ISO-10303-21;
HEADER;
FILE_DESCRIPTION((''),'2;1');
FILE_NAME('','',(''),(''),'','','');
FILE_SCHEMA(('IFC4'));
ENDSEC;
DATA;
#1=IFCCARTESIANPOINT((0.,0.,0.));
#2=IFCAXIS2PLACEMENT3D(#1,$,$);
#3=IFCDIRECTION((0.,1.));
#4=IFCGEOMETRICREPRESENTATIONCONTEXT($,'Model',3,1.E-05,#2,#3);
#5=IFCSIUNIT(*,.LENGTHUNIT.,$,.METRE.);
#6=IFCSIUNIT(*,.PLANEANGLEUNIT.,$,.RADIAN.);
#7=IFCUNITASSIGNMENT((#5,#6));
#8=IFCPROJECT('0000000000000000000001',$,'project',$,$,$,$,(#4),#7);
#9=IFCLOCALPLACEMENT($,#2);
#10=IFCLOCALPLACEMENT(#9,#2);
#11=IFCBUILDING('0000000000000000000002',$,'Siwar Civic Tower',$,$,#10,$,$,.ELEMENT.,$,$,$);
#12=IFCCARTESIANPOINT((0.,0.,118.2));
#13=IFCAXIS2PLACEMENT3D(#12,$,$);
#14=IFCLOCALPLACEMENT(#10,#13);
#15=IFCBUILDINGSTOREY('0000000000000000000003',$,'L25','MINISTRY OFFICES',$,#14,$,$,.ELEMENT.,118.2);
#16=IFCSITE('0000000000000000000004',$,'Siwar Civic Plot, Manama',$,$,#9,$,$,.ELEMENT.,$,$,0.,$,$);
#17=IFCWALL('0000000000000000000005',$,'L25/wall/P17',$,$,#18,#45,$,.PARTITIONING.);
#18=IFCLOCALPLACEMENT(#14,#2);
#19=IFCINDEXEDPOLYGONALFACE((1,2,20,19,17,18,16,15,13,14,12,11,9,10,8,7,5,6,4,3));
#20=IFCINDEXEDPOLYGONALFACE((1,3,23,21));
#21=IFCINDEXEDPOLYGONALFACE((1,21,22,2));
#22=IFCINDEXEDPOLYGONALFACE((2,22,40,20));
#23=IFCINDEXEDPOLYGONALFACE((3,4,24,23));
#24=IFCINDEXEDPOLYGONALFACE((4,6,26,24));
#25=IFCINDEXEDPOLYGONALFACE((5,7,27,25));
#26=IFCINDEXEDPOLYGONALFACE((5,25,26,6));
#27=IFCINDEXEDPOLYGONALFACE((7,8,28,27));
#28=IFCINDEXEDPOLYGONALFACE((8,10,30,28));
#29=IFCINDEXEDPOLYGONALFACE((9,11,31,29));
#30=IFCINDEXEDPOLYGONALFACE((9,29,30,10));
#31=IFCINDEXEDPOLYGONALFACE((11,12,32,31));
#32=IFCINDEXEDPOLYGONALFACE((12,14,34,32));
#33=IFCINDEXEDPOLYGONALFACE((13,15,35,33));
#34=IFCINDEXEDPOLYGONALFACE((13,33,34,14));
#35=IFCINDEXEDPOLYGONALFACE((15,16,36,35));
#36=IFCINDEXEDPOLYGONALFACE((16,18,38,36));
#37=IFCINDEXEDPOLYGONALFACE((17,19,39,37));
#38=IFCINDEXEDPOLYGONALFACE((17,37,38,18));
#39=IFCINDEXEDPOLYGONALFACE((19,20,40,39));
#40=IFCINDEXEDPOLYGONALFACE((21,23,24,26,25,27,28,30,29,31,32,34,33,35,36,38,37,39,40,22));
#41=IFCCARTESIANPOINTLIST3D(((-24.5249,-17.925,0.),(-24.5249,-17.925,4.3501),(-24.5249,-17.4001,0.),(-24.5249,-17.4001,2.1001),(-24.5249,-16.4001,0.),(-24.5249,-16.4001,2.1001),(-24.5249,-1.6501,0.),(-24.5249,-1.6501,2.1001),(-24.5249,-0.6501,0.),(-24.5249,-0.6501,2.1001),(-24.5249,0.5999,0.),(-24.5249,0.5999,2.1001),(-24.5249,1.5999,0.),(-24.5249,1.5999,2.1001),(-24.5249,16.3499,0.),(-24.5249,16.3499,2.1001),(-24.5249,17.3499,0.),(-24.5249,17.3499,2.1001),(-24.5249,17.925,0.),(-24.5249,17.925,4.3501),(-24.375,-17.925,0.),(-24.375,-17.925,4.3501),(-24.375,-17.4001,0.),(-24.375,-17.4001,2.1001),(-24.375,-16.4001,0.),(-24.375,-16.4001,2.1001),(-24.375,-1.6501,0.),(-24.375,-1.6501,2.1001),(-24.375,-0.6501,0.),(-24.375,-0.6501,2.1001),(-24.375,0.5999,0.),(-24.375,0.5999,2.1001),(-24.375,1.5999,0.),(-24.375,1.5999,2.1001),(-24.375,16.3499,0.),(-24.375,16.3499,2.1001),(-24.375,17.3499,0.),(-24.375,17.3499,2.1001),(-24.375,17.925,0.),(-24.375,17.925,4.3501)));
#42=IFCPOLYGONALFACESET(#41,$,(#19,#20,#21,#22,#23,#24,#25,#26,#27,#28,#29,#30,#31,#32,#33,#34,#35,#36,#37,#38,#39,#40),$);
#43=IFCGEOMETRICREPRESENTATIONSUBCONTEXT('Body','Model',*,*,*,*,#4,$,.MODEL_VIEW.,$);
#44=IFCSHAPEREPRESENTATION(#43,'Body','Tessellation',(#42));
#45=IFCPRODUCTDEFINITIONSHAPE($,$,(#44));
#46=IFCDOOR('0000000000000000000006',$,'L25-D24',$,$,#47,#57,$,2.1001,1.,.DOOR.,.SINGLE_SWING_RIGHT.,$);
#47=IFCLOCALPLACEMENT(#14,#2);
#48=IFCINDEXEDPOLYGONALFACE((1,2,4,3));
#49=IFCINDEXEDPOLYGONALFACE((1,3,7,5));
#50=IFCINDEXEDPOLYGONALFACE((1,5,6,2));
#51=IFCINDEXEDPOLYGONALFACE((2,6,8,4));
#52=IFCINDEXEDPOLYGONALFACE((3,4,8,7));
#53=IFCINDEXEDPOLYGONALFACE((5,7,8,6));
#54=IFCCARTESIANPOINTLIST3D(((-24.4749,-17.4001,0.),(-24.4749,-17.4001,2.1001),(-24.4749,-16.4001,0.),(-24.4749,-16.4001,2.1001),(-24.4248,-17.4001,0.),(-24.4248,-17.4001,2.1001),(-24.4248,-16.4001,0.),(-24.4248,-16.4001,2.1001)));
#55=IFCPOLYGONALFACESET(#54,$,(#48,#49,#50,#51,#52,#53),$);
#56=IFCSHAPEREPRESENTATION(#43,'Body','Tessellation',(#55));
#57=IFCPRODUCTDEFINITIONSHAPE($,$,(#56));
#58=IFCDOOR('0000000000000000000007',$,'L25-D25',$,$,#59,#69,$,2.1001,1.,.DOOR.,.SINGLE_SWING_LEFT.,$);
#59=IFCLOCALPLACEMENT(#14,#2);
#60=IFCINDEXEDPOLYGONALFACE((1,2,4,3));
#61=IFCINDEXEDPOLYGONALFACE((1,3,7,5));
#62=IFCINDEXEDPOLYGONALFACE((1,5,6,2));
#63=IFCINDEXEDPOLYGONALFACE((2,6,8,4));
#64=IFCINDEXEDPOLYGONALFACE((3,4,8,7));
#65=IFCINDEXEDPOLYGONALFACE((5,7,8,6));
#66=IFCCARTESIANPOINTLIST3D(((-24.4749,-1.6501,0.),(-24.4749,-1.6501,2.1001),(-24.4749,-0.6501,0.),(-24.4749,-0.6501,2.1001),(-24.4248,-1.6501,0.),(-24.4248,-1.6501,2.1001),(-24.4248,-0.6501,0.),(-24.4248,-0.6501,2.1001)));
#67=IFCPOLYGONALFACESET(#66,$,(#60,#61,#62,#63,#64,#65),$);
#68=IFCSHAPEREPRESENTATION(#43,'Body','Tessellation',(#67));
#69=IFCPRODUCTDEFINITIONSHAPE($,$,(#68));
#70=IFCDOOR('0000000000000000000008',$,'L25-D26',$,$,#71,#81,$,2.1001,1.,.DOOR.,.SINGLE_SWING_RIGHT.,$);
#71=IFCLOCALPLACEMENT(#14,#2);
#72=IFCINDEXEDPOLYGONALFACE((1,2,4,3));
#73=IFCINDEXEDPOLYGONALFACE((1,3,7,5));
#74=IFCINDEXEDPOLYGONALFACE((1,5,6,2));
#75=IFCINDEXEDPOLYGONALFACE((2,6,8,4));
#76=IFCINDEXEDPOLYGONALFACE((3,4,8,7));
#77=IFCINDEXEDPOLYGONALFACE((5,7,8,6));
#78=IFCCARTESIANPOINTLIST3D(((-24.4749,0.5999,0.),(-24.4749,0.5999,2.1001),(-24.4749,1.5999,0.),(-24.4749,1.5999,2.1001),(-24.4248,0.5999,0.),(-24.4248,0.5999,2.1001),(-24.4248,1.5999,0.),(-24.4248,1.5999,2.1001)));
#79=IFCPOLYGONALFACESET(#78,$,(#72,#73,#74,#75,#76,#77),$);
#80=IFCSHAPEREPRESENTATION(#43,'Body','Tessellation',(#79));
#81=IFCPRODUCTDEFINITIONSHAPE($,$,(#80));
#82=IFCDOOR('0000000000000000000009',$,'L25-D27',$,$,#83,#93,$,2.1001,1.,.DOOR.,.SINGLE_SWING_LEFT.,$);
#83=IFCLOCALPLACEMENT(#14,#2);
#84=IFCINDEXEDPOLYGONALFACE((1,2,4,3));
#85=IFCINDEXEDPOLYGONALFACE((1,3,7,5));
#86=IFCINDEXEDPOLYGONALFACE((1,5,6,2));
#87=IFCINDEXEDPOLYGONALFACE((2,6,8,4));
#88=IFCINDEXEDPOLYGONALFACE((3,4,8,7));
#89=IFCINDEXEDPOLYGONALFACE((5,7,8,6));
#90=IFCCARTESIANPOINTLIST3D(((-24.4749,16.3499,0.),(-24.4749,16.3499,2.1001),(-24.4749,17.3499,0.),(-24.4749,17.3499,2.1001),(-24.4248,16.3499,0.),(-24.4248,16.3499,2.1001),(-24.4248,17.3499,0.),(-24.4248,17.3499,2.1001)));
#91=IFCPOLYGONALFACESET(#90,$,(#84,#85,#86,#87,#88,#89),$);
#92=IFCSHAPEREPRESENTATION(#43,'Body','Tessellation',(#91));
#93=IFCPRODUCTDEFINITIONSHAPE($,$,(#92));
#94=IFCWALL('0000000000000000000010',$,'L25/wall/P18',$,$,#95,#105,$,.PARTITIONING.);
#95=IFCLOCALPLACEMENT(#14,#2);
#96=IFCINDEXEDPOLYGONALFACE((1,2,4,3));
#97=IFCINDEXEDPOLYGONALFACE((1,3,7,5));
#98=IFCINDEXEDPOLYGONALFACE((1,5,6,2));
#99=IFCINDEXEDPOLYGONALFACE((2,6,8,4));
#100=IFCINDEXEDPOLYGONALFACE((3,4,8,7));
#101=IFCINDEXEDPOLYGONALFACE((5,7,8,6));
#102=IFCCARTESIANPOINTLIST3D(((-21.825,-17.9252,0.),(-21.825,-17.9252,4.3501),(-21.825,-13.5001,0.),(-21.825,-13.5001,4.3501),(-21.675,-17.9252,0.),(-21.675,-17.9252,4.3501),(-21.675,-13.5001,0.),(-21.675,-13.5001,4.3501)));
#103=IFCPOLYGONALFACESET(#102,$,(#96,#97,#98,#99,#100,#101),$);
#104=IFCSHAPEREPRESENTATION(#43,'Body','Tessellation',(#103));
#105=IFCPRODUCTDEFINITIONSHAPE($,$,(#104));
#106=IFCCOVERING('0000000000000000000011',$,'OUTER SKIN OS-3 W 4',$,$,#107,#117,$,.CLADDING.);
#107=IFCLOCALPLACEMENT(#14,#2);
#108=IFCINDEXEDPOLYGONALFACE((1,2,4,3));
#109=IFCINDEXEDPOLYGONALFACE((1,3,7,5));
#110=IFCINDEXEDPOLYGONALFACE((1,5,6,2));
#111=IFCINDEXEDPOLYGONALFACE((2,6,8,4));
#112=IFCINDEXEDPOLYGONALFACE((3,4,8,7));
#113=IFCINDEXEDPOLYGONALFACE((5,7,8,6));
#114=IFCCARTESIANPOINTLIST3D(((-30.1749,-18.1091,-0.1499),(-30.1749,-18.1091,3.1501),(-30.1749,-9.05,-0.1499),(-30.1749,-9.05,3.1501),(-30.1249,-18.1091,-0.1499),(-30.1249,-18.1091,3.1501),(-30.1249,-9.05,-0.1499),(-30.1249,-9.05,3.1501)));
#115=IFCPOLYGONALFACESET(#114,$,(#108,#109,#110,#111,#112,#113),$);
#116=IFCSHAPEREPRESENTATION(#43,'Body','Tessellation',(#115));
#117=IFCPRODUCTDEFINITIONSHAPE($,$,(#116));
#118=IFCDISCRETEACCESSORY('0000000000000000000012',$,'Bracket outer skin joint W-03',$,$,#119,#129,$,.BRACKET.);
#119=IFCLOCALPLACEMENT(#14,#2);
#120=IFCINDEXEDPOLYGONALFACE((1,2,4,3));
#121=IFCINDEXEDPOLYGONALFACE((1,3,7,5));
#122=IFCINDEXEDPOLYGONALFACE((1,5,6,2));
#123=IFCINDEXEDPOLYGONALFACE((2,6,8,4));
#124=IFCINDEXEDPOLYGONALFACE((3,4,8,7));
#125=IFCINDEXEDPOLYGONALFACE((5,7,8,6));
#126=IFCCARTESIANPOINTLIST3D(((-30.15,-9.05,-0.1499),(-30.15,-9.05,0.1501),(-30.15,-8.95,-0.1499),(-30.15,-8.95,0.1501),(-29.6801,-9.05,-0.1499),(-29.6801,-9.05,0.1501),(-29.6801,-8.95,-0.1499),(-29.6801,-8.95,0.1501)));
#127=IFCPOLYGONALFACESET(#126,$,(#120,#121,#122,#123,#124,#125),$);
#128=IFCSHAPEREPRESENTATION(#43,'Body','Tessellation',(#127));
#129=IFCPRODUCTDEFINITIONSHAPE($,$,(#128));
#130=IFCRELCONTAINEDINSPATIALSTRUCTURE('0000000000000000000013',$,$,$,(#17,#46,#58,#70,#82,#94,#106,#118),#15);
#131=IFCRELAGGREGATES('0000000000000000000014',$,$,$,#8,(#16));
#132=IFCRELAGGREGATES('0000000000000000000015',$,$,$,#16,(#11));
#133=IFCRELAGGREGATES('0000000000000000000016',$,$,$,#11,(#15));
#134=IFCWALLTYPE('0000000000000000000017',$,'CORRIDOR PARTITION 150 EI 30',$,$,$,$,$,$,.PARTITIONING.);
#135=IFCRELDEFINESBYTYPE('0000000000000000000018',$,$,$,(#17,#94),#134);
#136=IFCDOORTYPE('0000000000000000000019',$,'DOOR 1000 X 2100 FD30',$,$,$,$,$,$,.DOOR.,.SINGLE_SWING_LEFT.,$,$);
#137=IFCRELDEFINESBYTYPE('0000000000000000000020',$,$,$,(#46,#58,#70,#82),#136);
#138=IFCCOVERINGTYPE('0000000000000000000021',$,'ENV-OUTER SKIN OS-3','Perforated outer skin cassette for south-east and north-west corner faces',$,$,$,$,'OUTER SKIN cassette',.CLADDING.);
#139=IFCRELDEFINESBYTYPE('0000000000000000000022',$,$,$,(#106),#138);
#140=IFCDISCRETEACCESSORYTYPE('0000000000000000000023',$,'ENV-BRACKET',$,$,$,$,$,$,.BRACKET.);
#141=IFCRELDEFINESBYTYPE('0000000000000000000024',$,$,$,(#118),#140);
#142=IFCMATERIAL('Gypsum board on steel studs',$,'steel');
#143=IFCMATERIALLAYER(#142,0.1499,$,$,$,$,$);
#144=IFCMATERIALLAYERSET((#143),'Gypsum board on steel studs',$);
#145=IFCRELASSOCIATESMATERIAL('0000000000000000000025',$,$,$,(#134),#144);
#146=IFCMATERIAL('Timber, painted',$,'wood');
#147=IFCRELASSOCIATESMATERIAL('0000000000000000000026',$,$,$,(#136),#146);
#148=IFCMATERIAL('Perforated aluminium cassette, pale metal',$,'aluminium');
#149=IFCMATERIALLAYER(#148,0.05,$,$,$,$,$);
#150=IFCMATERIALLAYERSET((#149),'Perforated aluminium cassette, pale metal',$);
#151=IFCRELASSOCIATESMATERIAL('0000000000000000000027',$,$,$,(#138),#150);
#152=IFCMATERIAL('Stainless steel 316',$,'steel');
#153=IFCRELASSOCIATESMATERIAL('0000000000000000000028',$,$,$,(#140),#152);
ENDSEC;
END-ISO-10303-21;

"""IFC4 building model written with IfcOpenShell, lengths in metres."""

from ifc_helpers import new_model, si_unit, direction, frame, frame_2d, origin, origin_2d, place, context, subcontext, project, spatial, rectangle, extrude, material, layer, layer_set, type_object, element, fill, save


model = new_model("IFC4")

# Units and contexts
model_context = context("Model", 3, precision=1e-05, world=origin(), true_north=direction((0.0, 1.0)))
body_context = subcontext(model_context, "Body", "Model", "MODEL_VIEW")
ifc_project = project(units=[si_unit("LENGTHUNIT", "METRE"), si_unit("PLANEANGLEUNIT", "RADIAN")], contexts=[model_context])

# Site, building, storey
site_placement = place(None, origin())
site = spatial("IfcSite", under=ifc_project, at=site_placement, Name="Siwar Civic Plot, Manama", CompositionType="ELEMENT", RefElevation=0.0)
building_placement = place(site_placement, origin())
building = spatial("IfcBuilding", under=site, at=building_placement, Name="Siwar Civic Tower", CompositionType="ELEMENT")
storey_placement = place(building_placement, frame((0.0, 0.0, 118.2)))
storey = spatial("IfcBuildingStorey", under=building, at=storey_placement, Name="L25", Description="MINISTRY OFFICES", CompositionType="ELEMENT", Elevation=118.2)

# Wall, openings, doors
ifc_material_1 = material(Name="Gypsum board on steel studs", Category="steel")
ifc_layer_1 = layer(ifc_material_1, 0.1499)
ifc_layer_set_1 = layer_set([ifc_layer_1], Name="Gypsum board on steel studs")
wall_type_1 = type_object("IfcWallType", Name="CORRIDOR PARTITION 150 EI 30", PredefinedType="PARTITIONING", material=ifc_layer_set_1)
ifc_material_2 = material(Name="Timber, painted", Category="wood")
door_type_1 = type_object("IfcDoorType", Name="DOOR 1000 X 2100 FD30", OperationType="SINGLE_SWING_LEFT", PredefinedType="DOOR", material=ifc_material_2)
wall_1_placement = place(storey_placement, frame((-24.45, -17.925, 0.0), z_axis=(0.0, 0.0, 1.0), x_axis=(0.0, 1.0, 0.0)))
wall_1 = element("IfcWall", 1, at=wall_1_placement, inside=storey, type_object=wall_type_1, Name="L25/wall/P17", PredefinedType="PARTITIONING", context=body_context, shape_type="SweptSolid", body=[
    extrude(rectangle(XDim=35.8501, YDim=0.1499, at=frame_2d((17.925, 0.0))), origin(), (0.0, 0.0, 1.0), 4.3501),
])
opening_1_placement = place(wall_1_placement, frame((0.5249, 0.0, 0.0)))
opening_1 = element("IfcOpeningElement", 2, at=opening_1_placement, cuts=wall_1, PredefinedType="OPENING", context=body_context, shape_type="SweptSolid", body=[
    extrude(rectangle(XDim=1.0, YDim=2.1001, at=frame_2d((0.5, 1.05))), frame((0.0, 0.085, 0.0), z_axis=(0.0, -1.0, 0.0), x_axis=(1.0, 0.0, 0.0)), (0.0, 0.0, 1.0), 0.1699),
])
opening_2_placement = place(wall_1_placement, frame((16.2749, 0.0, 0.0)))
opening_2 = element("IfcOpeningElement", 3, at=opening_2_placement, cuts=wall_1, PredefinedType="OPENING", context=body_context, shape_type="SweptSolid", body=[
    extrude(rectangle(XDim=1.0, YDim=2.1001, at=frame_2d((0.5, 1.05))), frame((0.0, 0.085, 0.0), z_axis=(0.0, -1.0, 0.0), x_axis=(1.0, 0.0, 0.0)), (0.0, 0.0, 1.0), 0.1699),
])
opening_3_placement = place(wall_1_placement, frame((18.5249, 0.0, 0.0)))
opening_3 = element("IfcOpeningElement", 4, at=opening_3_placement, cuts=wall_1, PredefinedType="OPENING", context=body_context, shape_type="SweptSolid", body=[
    extrude(rectangle(XDim=1.0, YDim=2.1001, at=frame_2d((0.5, 1.05))), frame((0.0, 0.085, 0.0), z_axis=(0.0, -1.0, 0.0), x_axis=(1.0, 0.0, 0.0)), (0.0, 0.0, 1.0), 0.1699),
])
opening_4_placement = place(wall_1_placement, frame((34.2749, 0.0, 0.0)))
opening_4 = element("IfcOpeningElement", 5, at=opening_4_placement, cuts=wall_1, PredefinedType="OPENING", context=body_context, shape_type="SweptSolid", body=[
    extrude(rectangle(XDim=1.0, YDim=2.1001, at=frame_2d((0.5, 1.05))), frame((0.0, 0.085, 0.0), z_axis=(0.0, -1.0, 0.0), x_axis=(1.0, 0.0, 0.0)), (0.0, 0.0, 1.0), 0.1699),
])
door_1_placement = place(opening_1_placement, origin())
door_1 = element("IfcDoor", 6, at=door_1_placement, inside=storey, type_object=door_type_1, Name="L25-D24", OperationType="SINGLE_SWING_RIGHT", OverallHeight=2.1001, OverallWidth=1.0, PredefinedType="DOOR", context=body_context, shape_type="SweptSolid", body=[
    extrude(rectangle(XDim=1.0, YDim=2.1001, at=frame_2d((0.5, 1.05))), frame((0.0, 0.0249, 0.0), z_axis=(0.0, -1.0, 0.0), x_axis=(1.0, 0.0, 0.0)), (0.0, 0.0, 1.0), 0.05),
])
fill(opening_1, door_1)
door_2_placement = place(opening_2_placement, origin())
door_2 = element("IfcDoor", 7, at=door_2_placement, inside=storey, type_object=door_type_1, Name="L25-D25", OperationType="SINGLE_SWING_LEFT", OverallHeight=2.1001, OverallWidth=1.0, PredefinedType="DOOR", context=body_context, shape_type="SweptSolid", body=[
    extrude(rectangle(XDim=1.0, YDim=2.1001, at=frame_2d((0.5, 1.05))), frame((0.0, 0.0249, 0.0), z_axis=(0.0, -1.0, 0.0), x_axis=(1.0, 0.0, 0.0)), (0.0, 0.0, 1.0), 0.05),
])
fill(opening_2, door_2)
door_3_placement = place(opening_3_placement, origin())
door_3 = element("IfcDoor", 8, at=door_3_placement, inside=storey, type_object=door_type_1, Name="L25-D26", OperationType="SINGLE_SWING_RIGHT", OverallHeight=2.1001, OverallWidth=1.0, PredefinedType="DOOR", context=body_context, shape_type="SweptSolid", body=[
    extrude(rectangle(XDim=1.0, YDim=2.1001, at=frame_2d((0.5, 1.05))), frame((0.0, 0.0249, 0.0), z_axis=(0.0, -1.0, 0.0), x_axis=(1.0, 0.0, 0.0)), (0.0, 0.0, 1.0), 0.05),
])
fill(opening_3, door_3)
door_4_placement = place(opening_4_placement, origin())
door_4 = element("IfcDoor", 9, at=door_4_placement, inside=storey, type_object=door_type_1, Name="L25-D27", OperationType="SINGLE_SWING_LEFT", OverallHeight=2.1001, OverallWidth=1.0, PredefinedType="DOOR", context=body_context, shape_type="SweptSolid", body=[
    extrude(rectangle(XDim=1.0, YDim=2.1001, at=frame_2d((0.5, 1.05))), frame((0.0, 0.0249, 0.0), z_axis=(0.0, -1.0, 0.0), x_axis=(1.0, 0.0, 0.0)), (0.0, 0.0, 1.0), 0.05),
])
fill(opening_4, door_4)

# Wall
wall_2_placement = place(storey_placement, frame((-21.75, -17.925, 0.0), z_axis=(0.0, 0.0, 1.0), x_axis=(0.0, 1.0, 0.0)))
element("IfcWall", 10, at=wall_2_placement, inside=storey, type_object=wall_type_1, Name="L25/wall/P18", PredefinedType="PARTITIONING", context=body_context, shape_type="SweptSolid", body=[
    extrude(rectangle(XDim=4.425, YDim=0.1499, at=frame_2d((2.2124, 0.0))), origin(), (0.0, 0.0, 1.0), 4.3501),
])

# Covering
ifc_material_3 = material(Name="Perforated aluminium cassette, pale metal", Category="aluminium")
ifc_layer_2 = layer(ifc_material_3, 0.05)
ifc_layer_set_2 = layer_set([ifc_layer_2], Name="Perforated aluminium cassette, pale metal")
covering_type = type_object("IfcCoveringType", Name="ENV-OUTER SKIN OS-3", Description="Perforated outer skin cassette for south-east and north-west corner faces", ElementType="OUTER SKIN cassette", PredefinedType="CLADDING", material=ifc_layer_set_2)
covering_placement = place(storey_placement, frame((-30.1499, -13.5796, -0.1499), z_axis=(0.0, 0.0, 1.0), x_axis=(0.0, -1.0, 0.0)))
element("IfcCovering", 11, at=covering_placement, inside=storey, type_object=covering_type, Name="OUTER SKIN OS-3 W 4", PredefinedType="CLADDING", context=body_context, shape_type="SweptSolid", body=[
    extrude(rectangle(XDim=9.0591, YDim=0.05, at=origin_2d()), origin(), (0.0, 0.0, 1.0), 3.3),
])

# Discrete accessory
ifc_material_4 = material(Name="Stainless steel 316", Category="steel")
discrete_accessory_type = type_object("IfcDiscreteAccessoryType", Name="ENV-BRACKET", PredefinedType="BRACKET", material=ifc_material_4)
discrete_accessory_placement = place(storey_placement, frame((-29.915, -9.0, -0.1499), z_axis=(0.0, 0.0, 1.0), x_axis=(-1.0, 0.0, 0.0)))
element("IfcDiscreteAccessory", 12, at=discrete_accessory_placement, inside=storey, type_object=discrete_accessory_type, Name="Bracket outer skin joint W-03", PredefinedType="BRACKET", context=body_context, shape_type="SweptSolid", body=[
    extrude(rectangle(XDim=0.47, YDim=0.1001, at=origin_2d()), origin(), (0.0, 0.0, 1.0), 0.3),
])

save(model, "model.ifc")
